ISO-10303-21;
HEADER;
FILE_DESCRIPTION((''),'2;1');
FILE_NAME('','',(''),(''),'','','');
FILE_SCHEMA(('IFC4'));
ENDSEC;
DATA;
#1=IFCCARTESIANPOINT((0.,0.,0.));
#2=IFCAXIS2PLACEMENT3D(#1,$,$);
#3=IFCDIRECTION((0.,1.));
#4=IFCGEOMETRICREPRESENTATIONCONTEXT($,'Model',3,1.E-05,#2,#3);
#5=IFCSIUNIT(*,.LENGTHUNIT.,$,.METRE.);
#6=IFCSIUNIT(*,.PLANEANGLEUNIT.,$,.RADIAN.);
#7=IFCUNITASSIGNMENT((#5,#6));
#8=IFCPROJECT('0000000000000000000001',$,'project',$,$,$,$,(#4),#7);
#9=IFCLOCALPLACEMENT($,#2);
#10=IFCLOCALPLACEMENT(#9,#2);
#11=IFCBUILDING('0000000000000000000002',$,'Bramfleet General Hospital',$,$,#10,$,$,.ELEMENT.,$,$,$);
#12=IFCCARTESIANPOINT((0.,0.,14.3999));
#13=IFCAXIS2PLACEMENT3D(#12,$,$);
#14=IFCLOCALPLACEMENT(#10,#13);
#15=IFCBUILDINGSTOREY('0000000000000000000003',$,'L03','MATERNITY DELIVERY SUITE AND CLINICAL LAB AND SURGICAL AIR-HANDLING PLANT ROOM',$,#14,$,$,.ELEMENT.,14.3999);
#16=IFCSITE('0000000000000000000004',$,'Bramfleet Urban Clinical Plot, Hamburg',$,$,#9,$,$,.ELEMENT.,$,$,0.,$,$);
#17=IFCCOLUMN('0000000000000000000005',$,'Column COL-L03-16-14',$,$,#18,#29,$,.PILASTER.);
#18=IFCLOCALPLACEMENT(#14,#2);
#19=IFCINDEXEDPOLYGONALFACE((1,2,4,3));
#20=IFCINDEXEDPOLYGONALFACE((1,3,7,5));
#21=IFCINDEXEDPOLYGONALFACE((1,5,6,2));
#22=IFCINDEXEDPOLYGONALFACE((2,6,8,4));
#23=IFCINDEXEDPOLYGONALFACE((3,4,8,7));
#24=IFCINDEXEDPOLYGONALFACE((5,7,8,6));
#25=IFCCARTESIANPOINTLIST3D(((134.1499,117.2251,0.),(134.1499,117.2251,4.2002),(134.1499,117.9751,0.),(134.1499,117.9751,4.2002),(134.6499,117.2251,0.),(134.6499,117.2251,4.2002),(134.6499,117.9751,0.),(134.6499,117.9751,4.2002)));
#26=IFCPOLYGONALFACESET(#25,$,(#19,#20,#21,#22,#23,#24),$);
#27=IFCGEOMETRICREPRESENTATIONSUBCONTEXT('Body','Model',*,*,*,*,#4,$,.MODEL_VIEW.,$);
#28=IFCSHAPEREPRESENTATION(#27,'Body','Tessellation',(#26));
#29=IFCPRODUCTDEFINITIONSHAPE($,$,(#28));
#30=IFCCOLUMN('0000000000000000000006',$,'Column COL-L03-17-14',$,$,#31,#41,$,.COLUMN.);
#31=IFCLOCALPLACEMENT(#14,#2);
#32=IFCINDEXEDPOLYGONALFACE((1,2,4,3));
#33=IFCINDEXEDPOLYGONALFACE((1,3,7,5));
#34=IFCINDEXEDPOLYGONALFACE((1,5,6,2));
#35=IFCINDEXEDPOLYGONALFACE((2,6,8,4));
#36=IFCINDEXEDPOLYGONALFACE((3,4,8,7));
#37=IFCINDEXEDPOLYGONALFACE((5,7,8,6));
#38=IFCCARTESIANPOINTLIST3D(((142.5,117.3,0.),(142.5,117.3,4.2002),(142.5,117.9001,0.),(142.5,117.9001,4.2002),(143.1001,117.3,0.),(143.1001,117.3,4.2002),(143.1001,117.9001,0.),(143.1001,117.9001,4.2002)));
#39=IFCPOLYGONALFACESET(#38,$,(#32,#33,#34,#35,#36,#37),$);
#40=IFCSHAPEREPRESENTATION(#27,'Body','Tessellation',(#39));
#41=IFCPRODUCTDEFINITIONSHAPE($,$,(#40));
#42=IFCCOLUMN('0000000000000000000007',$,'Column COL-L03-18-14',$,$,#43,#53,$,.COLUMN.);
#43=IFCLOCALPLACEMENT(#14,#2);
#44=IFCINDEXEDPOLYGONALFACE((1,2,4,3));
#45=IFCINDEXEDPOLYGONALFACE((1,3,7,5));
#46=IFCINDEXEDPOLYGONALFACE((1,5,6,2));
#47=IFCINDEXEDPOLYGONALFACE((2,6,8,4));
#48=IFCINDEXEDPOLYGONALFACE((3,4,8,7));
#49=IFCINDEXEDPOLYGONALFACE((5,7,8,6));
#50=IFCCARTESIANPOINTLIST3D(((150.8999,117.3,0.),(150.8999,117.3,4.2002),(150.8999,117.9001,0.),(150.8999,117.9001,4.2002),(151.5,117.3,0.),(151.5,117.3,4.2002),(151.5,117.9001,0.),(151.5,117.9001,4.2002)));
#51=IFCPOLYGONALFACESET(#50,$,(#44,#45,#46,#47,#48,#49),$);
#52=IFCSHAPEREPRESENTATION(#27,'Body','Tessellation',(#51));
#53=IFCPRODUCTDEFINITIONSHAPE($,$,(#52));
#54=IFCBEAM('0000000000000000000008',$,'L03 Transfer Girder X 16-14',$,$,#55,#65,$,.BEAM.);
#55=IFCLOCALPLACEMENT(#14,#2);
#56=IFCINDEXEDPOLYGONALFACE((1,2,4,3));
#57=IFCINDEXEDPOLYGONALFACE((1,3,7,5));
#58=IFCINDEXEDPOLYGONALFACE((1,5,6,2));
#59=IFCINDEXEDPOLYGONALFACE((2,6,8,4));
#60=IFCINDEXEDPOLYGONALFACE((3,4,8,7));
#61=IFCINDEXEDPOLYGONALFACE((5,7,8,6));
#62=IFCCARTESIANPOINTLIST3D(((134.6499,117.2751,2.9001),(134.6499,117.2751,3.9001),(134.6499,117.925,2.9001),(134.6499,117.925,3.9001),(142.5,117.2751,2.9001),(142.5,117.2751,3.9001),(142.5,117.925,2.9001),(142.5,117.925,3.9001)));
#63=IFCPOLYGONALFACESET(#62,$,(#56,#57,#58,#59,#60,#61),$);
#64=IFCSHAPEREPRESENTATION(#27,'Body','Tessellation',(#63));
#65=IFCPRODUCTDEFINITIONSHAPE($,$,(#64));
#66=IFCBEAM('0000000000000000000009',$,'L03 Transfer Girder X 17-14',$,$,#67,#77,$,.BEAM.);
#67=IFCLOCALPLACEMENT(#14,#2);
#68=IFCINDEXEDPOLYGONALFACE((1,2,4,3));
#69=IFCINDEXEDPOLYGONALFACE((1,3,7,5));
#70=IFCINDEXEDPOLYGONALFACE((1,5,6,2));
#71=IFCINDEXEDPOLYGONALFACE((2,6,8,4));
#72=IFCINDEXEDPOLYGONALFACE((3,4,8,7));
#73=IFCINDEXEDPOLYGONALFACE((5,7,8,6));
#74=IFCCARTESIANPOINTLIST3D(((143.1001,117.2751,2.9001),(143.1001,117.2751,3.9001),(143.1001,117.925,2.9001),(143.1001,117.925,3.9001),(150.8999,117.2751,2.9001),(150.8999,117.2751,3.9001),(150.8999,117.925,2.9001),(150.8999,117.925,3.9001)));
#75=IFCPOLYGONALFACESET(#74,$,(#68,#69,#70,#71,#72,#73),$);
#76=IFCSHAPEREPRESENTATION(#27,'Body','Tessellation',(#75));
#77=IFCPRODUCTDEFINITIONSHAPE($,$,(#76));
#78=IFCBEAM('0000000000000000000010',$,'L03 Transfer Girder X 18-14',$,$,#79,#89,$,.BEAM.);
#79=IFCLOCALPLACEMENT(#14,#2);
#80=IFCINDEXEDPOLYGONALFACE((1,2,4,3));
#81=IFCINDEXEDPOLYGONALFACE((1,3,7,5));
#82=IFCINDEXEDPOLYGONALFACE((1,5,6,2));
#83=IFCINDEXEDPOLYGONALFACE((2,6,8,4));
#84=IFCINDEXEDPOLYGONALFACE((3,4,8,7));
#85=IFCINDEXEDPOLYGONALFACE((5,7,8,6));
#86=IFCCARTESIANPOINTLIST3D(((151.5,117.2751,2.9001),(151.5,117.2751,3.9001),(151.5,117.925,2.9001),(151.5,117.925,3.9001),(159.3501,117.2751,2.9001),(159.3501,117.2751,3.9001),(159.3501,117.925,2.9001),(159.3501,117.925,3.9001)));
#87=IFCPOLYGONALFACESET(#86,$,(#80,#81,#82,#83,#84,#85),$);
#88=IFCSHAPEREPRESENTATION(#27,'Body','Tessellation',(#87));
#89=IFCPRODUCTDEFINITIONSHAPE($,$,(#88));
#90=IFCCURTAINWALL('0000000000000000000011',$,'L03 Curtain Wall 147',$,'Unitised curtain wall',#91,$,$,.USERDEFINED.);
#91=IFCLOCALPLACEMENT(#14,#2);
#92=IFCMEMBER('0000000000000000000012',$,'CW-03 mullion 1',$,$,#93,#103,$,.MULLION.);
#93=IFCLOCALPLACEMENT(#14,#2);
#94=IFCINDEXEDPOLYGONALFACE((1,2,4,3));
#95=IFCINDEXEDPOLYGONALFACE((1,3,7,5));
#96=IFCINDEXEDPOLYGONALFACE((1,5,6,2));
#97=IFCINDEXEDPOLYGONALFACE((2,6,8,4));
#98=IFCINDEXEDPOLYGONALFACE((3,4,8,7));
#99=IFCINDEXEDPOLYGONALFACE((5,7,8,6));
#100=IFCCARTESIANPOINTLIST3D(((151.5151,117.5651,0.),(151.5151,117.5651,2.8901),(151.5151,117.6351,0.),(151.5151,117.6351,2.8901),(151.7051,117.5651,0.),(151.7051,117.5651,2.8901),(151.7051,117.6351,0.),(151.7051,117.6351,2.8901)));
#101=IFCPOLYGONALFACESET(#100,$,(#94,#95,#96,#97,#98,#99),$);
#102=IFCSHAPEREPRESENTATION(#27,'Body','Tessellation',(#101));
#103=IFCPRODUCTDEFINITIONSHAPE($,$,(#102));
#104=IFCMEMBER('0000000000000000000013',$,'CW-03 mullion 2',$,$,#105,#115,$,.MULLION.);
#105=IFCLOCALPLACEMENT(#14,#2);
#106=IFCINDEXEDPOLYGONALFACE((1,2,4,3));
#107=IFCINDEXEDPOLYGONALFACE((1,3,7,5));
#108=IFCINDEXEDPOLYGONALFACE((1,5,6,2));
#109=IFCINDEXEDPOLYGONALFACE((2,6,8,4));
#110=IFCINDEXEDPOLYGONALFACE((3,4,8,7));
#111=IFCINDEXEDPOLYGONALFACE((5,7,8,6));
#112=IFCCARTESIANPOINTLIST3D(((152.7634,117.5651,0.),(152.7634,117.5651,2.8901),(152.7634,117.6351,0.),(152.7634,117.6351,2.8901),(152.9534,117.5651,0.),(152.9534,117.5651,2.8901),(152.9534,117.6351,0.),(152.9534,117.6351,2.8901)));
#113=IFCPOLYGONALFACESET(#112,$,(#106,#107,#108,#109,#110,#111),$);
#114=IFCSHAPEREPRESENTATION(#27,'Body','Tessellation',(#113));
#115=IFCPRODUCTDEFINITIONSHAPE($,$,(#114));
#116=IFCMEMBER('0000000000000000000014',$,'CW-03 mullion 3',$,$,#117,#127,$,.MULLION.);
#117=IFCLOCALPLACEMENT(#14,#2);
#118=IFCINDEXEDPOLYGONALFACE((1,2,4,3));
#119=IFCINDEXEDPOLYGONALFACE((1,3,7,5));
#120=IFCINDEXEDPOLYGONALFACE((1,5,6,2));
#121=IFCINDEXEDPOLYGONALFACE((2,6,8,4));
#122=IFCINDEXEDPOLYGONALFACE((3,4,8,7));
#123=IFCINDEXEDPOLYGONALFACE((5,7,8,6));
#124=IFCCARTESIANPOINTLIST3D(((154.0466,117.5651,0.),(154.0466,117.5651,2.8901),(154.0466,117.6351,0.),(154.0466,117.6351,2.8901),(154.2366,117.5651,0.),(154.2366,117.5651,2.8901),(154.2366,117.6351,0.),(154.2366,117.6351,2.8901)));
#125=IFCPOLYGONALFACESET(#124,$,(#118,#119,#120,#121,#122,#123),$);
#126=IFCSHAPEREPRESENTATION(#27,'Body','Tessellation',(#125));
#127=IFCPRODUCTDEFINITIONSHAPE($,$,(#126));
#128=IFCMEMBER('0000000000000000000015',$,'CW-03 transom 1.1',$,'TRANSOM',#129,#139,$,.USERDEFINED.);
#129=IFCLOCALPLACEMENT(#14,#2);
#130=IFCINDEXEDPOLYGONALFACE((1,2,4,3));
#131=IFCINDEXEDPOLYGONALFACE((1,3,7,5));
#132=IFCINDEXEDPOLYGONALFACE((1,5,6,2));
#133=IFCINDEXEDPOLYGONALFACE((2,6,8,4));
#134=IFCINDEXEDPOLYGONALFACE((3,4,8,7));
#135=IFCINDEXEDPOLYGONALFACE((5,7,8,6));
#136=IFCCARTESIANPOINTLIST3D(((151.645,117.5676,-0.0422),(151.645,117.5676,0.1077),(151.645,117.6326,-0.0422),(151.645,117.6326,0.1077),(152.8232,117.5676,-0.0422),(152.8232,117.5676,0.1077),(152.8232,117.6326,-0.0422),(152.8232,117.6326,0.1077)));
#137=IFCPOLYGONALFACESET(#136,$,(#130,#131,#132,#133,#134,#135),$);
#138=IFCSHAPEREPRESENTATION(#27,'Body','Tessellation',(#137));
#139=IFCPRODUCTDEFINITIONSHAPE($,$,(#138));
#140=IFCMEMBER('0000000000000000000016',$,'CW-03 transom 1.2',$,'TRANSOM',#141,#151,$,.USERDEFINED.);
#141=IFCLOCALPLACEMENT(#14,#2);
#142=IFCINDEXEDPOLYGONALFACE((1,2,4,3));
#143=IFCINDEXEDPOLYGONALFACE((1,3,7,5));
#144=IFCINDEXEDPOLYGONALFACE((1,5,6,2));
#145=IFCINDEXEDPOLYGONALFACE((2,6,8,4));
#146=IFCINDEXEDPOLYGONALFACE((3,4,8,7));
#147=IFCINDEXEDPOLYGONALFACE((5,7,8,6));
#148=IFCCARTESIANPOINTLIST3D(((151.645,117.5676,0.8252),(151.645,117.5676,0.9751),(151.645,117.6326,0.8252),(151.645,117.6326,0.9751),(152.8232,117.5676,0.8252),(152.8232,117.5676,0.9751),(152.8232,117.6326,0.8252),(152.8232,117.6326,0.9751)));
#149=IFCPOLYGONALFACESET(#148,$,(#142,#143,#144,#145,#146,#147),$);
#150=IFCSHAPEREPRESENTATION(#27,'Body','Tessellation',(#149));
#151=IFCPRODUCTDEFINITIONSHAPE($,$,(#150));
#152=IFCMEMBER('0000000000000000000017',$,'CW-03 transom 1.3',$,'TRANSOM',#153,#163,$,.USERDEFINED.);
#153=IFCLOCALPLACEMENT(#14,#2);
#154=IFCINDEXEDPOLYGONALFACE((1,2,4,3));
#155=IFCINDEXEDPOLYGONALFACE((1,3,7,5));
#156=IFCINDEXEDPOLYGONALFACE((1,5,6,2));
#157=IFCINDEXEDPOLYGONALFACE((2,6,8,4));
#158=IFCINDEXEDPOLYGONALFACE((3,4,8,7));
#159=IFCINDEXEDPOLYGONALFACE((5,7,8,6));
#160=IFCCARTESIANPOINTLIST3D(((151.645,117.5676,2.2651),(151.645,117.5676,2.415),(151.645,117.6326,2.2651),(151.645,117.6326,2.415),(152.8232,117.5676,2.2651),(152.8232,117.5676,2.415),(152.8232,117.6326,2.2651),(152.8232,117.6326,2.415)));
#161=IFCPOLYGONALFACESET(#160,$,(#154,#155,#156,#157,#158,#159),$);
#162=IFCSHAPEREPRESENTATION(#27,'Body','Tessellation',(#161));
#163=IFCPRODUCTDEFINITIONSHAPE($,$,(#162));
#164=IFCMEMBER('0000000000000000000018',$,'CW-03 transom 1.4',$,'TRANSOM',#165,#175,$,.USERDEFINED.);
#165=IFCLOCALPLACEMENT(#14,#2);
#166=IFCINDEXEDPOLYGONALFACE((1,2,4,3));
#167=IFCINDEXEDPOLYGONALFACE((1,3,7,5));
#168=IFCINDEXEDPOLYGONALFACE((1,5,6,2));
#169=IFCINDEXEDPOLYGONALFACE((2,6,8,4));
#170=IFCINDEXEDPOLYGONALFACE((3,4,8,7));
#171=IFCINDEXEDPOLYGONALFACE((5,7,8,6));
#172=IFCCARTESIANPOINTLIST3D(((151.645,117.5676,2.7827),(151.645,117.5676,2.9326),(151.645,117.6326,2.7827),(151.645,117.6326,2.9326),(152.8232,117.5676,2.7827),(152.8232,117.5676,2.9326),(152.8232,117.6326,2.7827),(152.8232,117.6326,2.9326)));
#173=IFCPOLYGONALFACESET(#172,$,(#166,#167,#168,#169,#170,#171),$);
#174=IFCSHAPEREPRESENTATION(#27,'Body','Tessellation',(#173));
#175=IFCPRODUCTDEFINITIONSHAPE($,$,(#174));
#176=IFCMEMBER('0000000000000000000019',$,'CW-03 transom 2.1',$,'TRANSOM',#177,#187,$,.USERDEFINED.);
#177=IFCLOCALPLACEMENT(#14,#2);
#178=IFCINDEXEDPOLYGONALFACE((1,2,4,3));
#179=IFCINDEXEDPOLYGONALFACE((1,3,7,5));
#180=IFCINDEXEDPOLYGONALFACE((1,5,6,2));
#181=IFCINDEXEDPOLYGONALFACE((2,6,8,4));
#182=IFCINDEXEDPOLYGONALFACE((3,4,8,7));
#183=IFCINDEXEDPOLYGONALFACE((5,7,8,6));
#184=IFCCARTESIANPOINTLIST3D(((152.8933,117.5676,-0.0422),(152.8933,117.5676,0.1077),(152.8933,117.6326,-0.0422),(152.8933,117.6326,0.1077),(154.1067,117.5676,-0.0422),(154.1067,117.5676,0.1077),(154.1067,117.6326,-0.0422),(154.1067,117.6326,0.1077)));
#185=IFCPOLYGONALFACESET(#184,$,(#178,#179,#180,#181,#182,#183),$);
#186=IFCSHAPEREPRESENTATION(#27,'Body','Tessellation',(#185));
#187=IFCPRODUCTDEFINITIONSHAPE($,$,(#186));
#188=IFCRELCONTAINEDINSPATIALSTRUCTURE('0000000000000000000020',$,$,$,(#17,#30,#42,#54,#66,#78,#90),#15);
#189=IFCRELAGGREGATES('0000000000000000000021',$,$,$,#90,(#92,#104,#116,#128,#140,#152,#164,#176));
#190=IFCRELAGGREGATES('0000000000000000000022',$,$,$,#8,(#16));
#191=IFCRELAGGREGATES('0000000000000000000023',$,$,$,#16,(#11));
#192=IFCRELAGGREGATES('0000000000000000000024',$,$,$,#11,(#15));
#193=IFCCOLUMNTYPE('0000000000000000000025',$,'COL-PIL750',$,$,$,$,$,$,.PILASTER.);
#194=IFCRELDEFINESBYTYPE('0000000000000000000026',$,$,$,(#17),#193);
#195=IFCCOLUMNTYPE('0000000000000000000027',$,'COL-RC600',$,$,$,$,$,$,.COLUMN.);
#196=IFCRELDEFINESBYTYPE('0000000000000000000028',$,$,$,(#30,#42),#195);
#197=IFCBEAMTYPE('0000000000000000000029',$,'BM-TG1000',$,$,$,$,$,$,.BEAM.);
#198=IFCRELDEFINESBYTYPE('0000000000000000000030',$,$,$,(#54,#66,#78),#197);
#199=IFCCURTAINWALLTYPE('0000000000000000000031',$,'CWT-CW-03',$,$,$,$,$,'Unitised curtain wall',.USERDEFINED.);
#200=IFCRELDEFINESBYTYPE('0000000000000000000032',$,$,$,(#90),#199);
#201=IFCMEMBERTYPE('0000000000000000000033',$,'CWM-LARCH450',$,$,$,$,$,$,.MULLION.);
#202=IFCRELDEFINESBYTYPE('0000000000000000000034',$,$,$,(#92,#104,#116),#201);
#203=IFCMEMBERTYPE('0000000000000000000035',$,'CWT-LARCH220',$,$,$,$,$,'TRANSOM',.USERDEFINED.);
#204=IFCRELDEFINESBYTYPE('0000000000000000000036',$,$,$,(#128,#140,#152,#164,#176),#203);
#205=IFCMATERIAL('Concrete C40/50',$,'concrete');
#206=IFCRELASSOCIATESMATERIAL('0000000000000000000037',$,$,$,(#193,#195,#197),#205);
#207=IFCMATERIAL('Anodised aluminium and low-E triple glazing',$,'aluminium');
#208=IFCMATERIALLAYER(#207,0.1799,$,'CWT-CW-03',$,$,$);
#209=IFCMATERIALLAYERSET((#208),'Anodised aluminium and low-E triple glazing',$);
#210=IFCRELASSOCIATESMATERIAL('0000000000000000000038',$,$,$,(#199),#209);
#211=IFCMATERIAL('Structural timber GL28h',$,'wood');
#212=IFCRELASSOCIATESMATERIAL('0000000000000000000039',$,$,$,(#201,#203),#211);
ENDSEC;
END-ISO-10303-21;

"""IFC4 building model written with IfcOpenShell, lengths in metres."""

from ifc_helpers import new_model, si_unit, direction, frame, origin, origin_2d, place, context, subcontext, project, spatial, rectangle, extrude, material, layer, layer_set, material_profile, profile_set, type_object, element, aggregate, save


model = new_model("IFC4")

# Units and contexts
model_context = context("Model", 3, precision=1e-05, world=origin(), true_north=direction((0.0, 1.0)))
body_context = subcontext(model_context, "Body", "Model", "MODEL_VIEW")
ifc_project = project(units=[si_unit("LENGTHUNIT", "METRE"), si_unit("PLANEANGLEUNIT", "RADIAN")], contexts=[model_context])

# Site, building, storey
site_placement = place(None, origin())
site = spatial("IfcSite", under=ifc_project, at=site_placement, Name="Bramfleet Urban Clinical Plot, Hamburg", CompositionType="ELEMENT", RefElevation=0.0)
building_placement = place(site_placement, origin())
building = spatial("IfcBuilding", under=site, at=building_placement, Name="Bramfleet General Hospital", CompositionType="ELEMENT")
storey_placement = place(building_placement, frame((0.0, 0.0, 14.3999)))
storey = spatial("IfcBuildingStorey", under=building, at=storey_placement, Name="L03", Description="MATERNITY DELIVERY SUITE AND CLINICAL LAB AND SURGICAL AIR-HANDLING PLANT ROOM", CompositionType="ELEMENT", Elevation=14.3999)

# Columns
ifc_material_1 = material(Name="Concrete C40/50", Category="concrete")
ifc_material_profile_1 = material_profile(ifc_material_1, rectangle(XDim=0.5, YDim=0.75, at=origin_2d()), Name="RC PIL 750x500")
ifc_profile_set_1 = profile_set([ifc_material_profile_1], Name="Concrete C40/50")
column_type_1 = type_object("IfcColumnType", Name="COL-PIL750", PredefinedType="PILASTER", material=ifc_profile_set_1)
column_placement = place(storey_placement, frame((134.3999, 117.6001, 0.0), z_axis=(0.0, 0.0, 1.0), x_axis=(1.0, 0.0, 0.0)))
element("IfcColumn", 1, at=column_placement, inside=storey, type_object=column_type_1, Name="Column COL-L03-16-14", PredefinedType="PILASTER", context=body_context, shape_type="SweptSolid", body=[
    extrude(rectangle(XDim=0.5, YDim=0.75, at=origin_2d()), origin(), (0.0, 0.0, 1.0), 4.2002),
])
ifc_material_profile_2 = material_profile(ifc_material_1, rectangle(XDim=0.6001, YDim=0.6001, at=origin_2d()), Name="RC COL 600x600")
ifc_profile_set_2 = profile_set([ifc_material_profile_2], Name="Concrete C40/50")
column_type_2 = type_object("IfcColumnType", Name="COL-RC600", PredefinedType="COLUMN", material=ifc_profile_set_2)
for number, where, z_axis, x_axis, name in (
    (2, (142.8, 117.6001, 0.0), (0.0, 0.0, 1.0), (1.0, 0.0, 0.0), "Column COL-L03-17-14"),
    (3, (151.2, 117.6001, 0.0), (0.0, 0.0, 1.0), (1.0, 0.0, 0.0), "Column COL-L03-18-14"),
):
    element("IfcColumn", number, at=place(storey_placement, frame(where, z_axis=z_axis, x_axis=x_axis)), inside=storey, type_object=column_type_2, Name=name, PredefinedType="COLUMN", context=body_context, shape_type="SweptSolid", body=[
        extrude(rectangle(XDim=0.6001, YDim=0.6001, at=origin_2d()), origin(), (0.0, 0.0, 1.0), 4.2002),
    ])

# Beams
ifc_material_profile_3 = material_profile(ifc_material_1, rectangle(XDim=0.6499, YDim=1.0, at=origin_2d()), Name="RC TG 1000x650")
ifc_profile_set_3 = profile_set([ifc_material_profile_3], Name="Concrete C40/50")
beam_type = type_object("IfcBeamType", Name="BM-TG1000", PredefinedType="BEAM", material=ifc_profile_set_3)
beam_1_placement = place(storey_placement, frame((134.6499, 117.6001, 3.4001), z_axis=(1.0, 0.0, 0.0), x_axis=(0.0, 1.0, 0.0)))
element("IfcBeam", 4, at=beam_1_placement, inside=storey, type_object=beam_type, Name="L03 Transfer Girder X 16-14", PredefinedType="BEAM", context=body_context, shape_type="SweptSolid", body=[
    extrude(rectangle(XDim=0.6499, YDim=1.0, at=origin_2d()), origin(), (0.0, 0.0, 1.0), 7.8501),
])
beam_2_placement = place(storey_placement, frame((143.1001, 117.6001, 3.4001), z_axis=(1.0, 0.0, 0.0), x_axis=(0.0, 1.0, 0.0)))
element("IfcBeam", 5, at=beam_2_placement, inside=storey, type_object=beam_type, Name="L03 Transfer Girder X 17-14", PredefinedType="BEAM", context=body_context, shape_type="SweptSolid", body=[
    extrude(rectangle(XDim=0.6499, YDim=1.0, at=origin_2d()), origin(), (0.0, 0.0, 1.0), 7.7998),
])
beam_3_placement = place(storey_placement, frame((151.5, 117.6001, 3.4001), z_axis=(1.0, 0.0, 0.0), x_axis=(0.0, 1.0, 0.0)))
element("IfcBeam", 6, at=beam_3_placement, inside=storey, type_object=beam_type, Name="L03 Transfer Girder X 18-14", PredefinedType="BEAM", context=body_context, shape_type="SweptSolid", body=[
    extrude(rectangle(XDim=0.6499, YDim=1.0, at=origin_2d()), origin(), (0.0, 0.0, 1.0), 7.8501),
])

# Curtain wall, members
ifc_material_2 = material(Name="Anodised aluminium and low-E triple glazing", Category="aluminium")
ifc_layer_1 = layer(ifc_material_2, 0.1799, Name="CWT-CW-03")
ifc_layer_set_1 = layer_set([ifc_layer_1], Name="Anodised aluminium and low-E triple glazing")
curtain_wall_type = type_object("IfcCurtainWallType", Name="CWT-CW-03", ElementType="Unitised curtain wall", PredefinedType="USERDEFINED", material=ifc_layer_set_1)
curtain_wall_placement = place(storey_placement, origin())
curtain_wall = element("IfcCurtainWall", 7, at=curtain_wall_placement, inside=storey, type_object=curtain_wall_type, Name="L03 Curtain Wall 147", ObjectType="Unitised curtain wall", PredefinedType="USERDEFINED")
ifc_material_3 = material(Name="Structural timber GL28h", Category="wood")
ifc_material_profile_4 = material_profile(ifc_material_3, rectangle(XDim=0.0701, YDim=0.1899, at=origin_2d()), Name="LARCH 190x70")
ifc_profile_set_4 = profile_set([ifc_material_profile_4], Name="Structural timber GL28h")
member_type_1 = type_object("IfcMemberType", Name="CWM-LARCH450", PredefinedType="MULLION", material=ifc_profile_set_4)
member_1_placement = place(storey_placement, frame((151.6101, 117.6001, 0.0), z_axis=(0.0, 0.0, 1.0), x_axis=(0.0, 1.0, 0.0)))
member_1 = element("IfcMember", 8, at=member_1_placement, type_object=member_type_1, Name="CW-03 mullion 1", PredefinedType="MULLION", context=body_context, shape_type="SweptSolid", body=[
    extrude(rectangle(XDim=0.0701, YDim=0.1899, at=origin_2d()), origin(), (0.0, 0.0, 1.0), 2.8901),
])
member_2_placement = place(storey_placement, frame((152.8584, 117.6001, 0.0), z_axis=(0.0, 0.0, 1.0), x_axis=(0.0, 1.0, 0.0)))
member_2 = element("IfcMember", 9, at=member_2_placement, type_object=member_type_1, Name="CW-03 mullion 2", PredefinedType="MULLION", context=body_context, shape_type="SweptSolid", body=[
    extrude(rectangle(XDim=0.0701, YDim=0.1899, at=origin_2d()), origin(), (0.0, 0.0, 1.0), 2.8901),
])
member_3_placement = place(storey_placement, frame((154.1416, 117.6001, 0.0), z_axis=(0.0, 0.0, 1.0), x_axis=(0.0, 1.0, 0.0)))
member_3 = element("IfcMember", 10, at=member_3_placement, type_object=member_type_1, Name="CW-03 mullion 3", PredefinedType="MULLION", context=body_context, shape_type="SweptSolid", body=[
    extrude(rectangle(XDim=0.0701, YDim=0.1899, at=origin_2d()), origin(), (0.0, 0.0, 1.0), 2.8901),
])
ifc_material_profile_5 = material_profile(ifc_material_3, rectangle(XDim=0.0649, YDim=0.1499, at=origin_2d()), Name="LARCH 150x65")
ifc_profile_set_5 = profile_set([ifc_material_profile_5], Name="Structural timber GL28h")
member_type_2 = type_object("IfcMemberType", Name="CWT-LARCH220", ElementType="TRANSOM", PredefinedType="USERDEFINED", material=ifc_profile_set_5)
member_4_placement = place(storey_placement, frame((151.645, 117.6001, 0.0327), z_axis=(1.0, 0.0, 0.0), x_axis=(0.0, 1.0, 0.0)))
member_4 = element("IfcMember", 11, at=member_4_placement, type_object=member_type_2, Name="CW-03 transom 1.1", ObjectType="TRANSOM", PredefinedType="USERDEFINED", context=body_context, shape_type="SweptSolid", body=[
    extrude(rectangle(XDim=0.0649, YDim=0.1499, at=origin_2d()), origin(), (0.0, 0.0, 1.0), 1.1782),
])
member_5_placement = place(storey_placement, frame((151.645, 117.6001, 0.9001), z_axis=(1.0, 0.0, 0.0), x_axis=(0.0, 1.0, 0.0)))
member_5 = element("IfcMember", 12, at=member_5_placement, type_object=member_type_2, Name="CW-03 transom 1.2", ObjectType="TRANSOM", PredefinedType="USERDEFINED", context=body_context, shape_type="SweptSolid", body=[
    extrude(rectangle(XDim=0.0649, YDim=0.1499, at=origin_2d()), origin(), (0.0, 0.0, 1.0), 1.1782),
])
member_6_placement = place(storey_placement, frame((151.645, 117.6001, 2.3401), z_axis=(1.0, 0.0, 0.0), x_axis=(0.0, 1.0, 0.0)))
member_6 = element("IfcMember", 13, at=member_6_placement, type_object=member_type_2, Name="CW-03 transom 1.3", ObjectType="TRANSOM", PredefinedType="USERDEFINED", context=body_context, shape_type="SweptSolid", body=[
    extrude(rectangle(XDim=0.0649, YDim=0.1499, at=origin_2d()), origin(), (0.0, 0.0, 1.0), 1.1782),
])
member_7_placement = place(storey_placement, frame((151.645, 117.6001, 2.8577), z_axis=(1.0, 0.0, 0.0), x_axis=(0.0, 1.0, 0.0)))
member_7 = element("IfcMember", 14, at=member_7_placement, type_object=member_type_2, Name="CW-03 transom 1.4", ObjectType="TRANSOM", PredefinedType="USERDEFINED", context=body_context, shape_type="SweptSolid", body=[
    extrude(rectangle(XDim=0.0649, YDim=0.1499, at=origin_2d()), origin(), (0.0, 0.0, 1.0), 1.1782),
])
member_8_placement = place(storey_placement, frame((152.8933, 117.6001, 0.0327), z_axis=(1.0, 0.0, 0.0), x_axis=(0.0, 1.0, 0.0)))
member_8 = element("IfcMember", 15, at=member_8_placement, type_object=member_type_2, Name="CW-03 transom 2.1", ObjectType="TRANSOM", PredefinedType="USERDEFINED", context=body_context, shape_type="SweptSolid", body=[
    extrude(rectangle(XDim=0.0649, YDim=0.1499, at=origin_2d()), origin(), (0.0, 0.0, 1.0), 1.2134),
])
aggregate(curtain_wall, [member_1, member_2, member_3, member_4, member_5, member_6, member_7, member_8])

save(model, "model.ifc")
